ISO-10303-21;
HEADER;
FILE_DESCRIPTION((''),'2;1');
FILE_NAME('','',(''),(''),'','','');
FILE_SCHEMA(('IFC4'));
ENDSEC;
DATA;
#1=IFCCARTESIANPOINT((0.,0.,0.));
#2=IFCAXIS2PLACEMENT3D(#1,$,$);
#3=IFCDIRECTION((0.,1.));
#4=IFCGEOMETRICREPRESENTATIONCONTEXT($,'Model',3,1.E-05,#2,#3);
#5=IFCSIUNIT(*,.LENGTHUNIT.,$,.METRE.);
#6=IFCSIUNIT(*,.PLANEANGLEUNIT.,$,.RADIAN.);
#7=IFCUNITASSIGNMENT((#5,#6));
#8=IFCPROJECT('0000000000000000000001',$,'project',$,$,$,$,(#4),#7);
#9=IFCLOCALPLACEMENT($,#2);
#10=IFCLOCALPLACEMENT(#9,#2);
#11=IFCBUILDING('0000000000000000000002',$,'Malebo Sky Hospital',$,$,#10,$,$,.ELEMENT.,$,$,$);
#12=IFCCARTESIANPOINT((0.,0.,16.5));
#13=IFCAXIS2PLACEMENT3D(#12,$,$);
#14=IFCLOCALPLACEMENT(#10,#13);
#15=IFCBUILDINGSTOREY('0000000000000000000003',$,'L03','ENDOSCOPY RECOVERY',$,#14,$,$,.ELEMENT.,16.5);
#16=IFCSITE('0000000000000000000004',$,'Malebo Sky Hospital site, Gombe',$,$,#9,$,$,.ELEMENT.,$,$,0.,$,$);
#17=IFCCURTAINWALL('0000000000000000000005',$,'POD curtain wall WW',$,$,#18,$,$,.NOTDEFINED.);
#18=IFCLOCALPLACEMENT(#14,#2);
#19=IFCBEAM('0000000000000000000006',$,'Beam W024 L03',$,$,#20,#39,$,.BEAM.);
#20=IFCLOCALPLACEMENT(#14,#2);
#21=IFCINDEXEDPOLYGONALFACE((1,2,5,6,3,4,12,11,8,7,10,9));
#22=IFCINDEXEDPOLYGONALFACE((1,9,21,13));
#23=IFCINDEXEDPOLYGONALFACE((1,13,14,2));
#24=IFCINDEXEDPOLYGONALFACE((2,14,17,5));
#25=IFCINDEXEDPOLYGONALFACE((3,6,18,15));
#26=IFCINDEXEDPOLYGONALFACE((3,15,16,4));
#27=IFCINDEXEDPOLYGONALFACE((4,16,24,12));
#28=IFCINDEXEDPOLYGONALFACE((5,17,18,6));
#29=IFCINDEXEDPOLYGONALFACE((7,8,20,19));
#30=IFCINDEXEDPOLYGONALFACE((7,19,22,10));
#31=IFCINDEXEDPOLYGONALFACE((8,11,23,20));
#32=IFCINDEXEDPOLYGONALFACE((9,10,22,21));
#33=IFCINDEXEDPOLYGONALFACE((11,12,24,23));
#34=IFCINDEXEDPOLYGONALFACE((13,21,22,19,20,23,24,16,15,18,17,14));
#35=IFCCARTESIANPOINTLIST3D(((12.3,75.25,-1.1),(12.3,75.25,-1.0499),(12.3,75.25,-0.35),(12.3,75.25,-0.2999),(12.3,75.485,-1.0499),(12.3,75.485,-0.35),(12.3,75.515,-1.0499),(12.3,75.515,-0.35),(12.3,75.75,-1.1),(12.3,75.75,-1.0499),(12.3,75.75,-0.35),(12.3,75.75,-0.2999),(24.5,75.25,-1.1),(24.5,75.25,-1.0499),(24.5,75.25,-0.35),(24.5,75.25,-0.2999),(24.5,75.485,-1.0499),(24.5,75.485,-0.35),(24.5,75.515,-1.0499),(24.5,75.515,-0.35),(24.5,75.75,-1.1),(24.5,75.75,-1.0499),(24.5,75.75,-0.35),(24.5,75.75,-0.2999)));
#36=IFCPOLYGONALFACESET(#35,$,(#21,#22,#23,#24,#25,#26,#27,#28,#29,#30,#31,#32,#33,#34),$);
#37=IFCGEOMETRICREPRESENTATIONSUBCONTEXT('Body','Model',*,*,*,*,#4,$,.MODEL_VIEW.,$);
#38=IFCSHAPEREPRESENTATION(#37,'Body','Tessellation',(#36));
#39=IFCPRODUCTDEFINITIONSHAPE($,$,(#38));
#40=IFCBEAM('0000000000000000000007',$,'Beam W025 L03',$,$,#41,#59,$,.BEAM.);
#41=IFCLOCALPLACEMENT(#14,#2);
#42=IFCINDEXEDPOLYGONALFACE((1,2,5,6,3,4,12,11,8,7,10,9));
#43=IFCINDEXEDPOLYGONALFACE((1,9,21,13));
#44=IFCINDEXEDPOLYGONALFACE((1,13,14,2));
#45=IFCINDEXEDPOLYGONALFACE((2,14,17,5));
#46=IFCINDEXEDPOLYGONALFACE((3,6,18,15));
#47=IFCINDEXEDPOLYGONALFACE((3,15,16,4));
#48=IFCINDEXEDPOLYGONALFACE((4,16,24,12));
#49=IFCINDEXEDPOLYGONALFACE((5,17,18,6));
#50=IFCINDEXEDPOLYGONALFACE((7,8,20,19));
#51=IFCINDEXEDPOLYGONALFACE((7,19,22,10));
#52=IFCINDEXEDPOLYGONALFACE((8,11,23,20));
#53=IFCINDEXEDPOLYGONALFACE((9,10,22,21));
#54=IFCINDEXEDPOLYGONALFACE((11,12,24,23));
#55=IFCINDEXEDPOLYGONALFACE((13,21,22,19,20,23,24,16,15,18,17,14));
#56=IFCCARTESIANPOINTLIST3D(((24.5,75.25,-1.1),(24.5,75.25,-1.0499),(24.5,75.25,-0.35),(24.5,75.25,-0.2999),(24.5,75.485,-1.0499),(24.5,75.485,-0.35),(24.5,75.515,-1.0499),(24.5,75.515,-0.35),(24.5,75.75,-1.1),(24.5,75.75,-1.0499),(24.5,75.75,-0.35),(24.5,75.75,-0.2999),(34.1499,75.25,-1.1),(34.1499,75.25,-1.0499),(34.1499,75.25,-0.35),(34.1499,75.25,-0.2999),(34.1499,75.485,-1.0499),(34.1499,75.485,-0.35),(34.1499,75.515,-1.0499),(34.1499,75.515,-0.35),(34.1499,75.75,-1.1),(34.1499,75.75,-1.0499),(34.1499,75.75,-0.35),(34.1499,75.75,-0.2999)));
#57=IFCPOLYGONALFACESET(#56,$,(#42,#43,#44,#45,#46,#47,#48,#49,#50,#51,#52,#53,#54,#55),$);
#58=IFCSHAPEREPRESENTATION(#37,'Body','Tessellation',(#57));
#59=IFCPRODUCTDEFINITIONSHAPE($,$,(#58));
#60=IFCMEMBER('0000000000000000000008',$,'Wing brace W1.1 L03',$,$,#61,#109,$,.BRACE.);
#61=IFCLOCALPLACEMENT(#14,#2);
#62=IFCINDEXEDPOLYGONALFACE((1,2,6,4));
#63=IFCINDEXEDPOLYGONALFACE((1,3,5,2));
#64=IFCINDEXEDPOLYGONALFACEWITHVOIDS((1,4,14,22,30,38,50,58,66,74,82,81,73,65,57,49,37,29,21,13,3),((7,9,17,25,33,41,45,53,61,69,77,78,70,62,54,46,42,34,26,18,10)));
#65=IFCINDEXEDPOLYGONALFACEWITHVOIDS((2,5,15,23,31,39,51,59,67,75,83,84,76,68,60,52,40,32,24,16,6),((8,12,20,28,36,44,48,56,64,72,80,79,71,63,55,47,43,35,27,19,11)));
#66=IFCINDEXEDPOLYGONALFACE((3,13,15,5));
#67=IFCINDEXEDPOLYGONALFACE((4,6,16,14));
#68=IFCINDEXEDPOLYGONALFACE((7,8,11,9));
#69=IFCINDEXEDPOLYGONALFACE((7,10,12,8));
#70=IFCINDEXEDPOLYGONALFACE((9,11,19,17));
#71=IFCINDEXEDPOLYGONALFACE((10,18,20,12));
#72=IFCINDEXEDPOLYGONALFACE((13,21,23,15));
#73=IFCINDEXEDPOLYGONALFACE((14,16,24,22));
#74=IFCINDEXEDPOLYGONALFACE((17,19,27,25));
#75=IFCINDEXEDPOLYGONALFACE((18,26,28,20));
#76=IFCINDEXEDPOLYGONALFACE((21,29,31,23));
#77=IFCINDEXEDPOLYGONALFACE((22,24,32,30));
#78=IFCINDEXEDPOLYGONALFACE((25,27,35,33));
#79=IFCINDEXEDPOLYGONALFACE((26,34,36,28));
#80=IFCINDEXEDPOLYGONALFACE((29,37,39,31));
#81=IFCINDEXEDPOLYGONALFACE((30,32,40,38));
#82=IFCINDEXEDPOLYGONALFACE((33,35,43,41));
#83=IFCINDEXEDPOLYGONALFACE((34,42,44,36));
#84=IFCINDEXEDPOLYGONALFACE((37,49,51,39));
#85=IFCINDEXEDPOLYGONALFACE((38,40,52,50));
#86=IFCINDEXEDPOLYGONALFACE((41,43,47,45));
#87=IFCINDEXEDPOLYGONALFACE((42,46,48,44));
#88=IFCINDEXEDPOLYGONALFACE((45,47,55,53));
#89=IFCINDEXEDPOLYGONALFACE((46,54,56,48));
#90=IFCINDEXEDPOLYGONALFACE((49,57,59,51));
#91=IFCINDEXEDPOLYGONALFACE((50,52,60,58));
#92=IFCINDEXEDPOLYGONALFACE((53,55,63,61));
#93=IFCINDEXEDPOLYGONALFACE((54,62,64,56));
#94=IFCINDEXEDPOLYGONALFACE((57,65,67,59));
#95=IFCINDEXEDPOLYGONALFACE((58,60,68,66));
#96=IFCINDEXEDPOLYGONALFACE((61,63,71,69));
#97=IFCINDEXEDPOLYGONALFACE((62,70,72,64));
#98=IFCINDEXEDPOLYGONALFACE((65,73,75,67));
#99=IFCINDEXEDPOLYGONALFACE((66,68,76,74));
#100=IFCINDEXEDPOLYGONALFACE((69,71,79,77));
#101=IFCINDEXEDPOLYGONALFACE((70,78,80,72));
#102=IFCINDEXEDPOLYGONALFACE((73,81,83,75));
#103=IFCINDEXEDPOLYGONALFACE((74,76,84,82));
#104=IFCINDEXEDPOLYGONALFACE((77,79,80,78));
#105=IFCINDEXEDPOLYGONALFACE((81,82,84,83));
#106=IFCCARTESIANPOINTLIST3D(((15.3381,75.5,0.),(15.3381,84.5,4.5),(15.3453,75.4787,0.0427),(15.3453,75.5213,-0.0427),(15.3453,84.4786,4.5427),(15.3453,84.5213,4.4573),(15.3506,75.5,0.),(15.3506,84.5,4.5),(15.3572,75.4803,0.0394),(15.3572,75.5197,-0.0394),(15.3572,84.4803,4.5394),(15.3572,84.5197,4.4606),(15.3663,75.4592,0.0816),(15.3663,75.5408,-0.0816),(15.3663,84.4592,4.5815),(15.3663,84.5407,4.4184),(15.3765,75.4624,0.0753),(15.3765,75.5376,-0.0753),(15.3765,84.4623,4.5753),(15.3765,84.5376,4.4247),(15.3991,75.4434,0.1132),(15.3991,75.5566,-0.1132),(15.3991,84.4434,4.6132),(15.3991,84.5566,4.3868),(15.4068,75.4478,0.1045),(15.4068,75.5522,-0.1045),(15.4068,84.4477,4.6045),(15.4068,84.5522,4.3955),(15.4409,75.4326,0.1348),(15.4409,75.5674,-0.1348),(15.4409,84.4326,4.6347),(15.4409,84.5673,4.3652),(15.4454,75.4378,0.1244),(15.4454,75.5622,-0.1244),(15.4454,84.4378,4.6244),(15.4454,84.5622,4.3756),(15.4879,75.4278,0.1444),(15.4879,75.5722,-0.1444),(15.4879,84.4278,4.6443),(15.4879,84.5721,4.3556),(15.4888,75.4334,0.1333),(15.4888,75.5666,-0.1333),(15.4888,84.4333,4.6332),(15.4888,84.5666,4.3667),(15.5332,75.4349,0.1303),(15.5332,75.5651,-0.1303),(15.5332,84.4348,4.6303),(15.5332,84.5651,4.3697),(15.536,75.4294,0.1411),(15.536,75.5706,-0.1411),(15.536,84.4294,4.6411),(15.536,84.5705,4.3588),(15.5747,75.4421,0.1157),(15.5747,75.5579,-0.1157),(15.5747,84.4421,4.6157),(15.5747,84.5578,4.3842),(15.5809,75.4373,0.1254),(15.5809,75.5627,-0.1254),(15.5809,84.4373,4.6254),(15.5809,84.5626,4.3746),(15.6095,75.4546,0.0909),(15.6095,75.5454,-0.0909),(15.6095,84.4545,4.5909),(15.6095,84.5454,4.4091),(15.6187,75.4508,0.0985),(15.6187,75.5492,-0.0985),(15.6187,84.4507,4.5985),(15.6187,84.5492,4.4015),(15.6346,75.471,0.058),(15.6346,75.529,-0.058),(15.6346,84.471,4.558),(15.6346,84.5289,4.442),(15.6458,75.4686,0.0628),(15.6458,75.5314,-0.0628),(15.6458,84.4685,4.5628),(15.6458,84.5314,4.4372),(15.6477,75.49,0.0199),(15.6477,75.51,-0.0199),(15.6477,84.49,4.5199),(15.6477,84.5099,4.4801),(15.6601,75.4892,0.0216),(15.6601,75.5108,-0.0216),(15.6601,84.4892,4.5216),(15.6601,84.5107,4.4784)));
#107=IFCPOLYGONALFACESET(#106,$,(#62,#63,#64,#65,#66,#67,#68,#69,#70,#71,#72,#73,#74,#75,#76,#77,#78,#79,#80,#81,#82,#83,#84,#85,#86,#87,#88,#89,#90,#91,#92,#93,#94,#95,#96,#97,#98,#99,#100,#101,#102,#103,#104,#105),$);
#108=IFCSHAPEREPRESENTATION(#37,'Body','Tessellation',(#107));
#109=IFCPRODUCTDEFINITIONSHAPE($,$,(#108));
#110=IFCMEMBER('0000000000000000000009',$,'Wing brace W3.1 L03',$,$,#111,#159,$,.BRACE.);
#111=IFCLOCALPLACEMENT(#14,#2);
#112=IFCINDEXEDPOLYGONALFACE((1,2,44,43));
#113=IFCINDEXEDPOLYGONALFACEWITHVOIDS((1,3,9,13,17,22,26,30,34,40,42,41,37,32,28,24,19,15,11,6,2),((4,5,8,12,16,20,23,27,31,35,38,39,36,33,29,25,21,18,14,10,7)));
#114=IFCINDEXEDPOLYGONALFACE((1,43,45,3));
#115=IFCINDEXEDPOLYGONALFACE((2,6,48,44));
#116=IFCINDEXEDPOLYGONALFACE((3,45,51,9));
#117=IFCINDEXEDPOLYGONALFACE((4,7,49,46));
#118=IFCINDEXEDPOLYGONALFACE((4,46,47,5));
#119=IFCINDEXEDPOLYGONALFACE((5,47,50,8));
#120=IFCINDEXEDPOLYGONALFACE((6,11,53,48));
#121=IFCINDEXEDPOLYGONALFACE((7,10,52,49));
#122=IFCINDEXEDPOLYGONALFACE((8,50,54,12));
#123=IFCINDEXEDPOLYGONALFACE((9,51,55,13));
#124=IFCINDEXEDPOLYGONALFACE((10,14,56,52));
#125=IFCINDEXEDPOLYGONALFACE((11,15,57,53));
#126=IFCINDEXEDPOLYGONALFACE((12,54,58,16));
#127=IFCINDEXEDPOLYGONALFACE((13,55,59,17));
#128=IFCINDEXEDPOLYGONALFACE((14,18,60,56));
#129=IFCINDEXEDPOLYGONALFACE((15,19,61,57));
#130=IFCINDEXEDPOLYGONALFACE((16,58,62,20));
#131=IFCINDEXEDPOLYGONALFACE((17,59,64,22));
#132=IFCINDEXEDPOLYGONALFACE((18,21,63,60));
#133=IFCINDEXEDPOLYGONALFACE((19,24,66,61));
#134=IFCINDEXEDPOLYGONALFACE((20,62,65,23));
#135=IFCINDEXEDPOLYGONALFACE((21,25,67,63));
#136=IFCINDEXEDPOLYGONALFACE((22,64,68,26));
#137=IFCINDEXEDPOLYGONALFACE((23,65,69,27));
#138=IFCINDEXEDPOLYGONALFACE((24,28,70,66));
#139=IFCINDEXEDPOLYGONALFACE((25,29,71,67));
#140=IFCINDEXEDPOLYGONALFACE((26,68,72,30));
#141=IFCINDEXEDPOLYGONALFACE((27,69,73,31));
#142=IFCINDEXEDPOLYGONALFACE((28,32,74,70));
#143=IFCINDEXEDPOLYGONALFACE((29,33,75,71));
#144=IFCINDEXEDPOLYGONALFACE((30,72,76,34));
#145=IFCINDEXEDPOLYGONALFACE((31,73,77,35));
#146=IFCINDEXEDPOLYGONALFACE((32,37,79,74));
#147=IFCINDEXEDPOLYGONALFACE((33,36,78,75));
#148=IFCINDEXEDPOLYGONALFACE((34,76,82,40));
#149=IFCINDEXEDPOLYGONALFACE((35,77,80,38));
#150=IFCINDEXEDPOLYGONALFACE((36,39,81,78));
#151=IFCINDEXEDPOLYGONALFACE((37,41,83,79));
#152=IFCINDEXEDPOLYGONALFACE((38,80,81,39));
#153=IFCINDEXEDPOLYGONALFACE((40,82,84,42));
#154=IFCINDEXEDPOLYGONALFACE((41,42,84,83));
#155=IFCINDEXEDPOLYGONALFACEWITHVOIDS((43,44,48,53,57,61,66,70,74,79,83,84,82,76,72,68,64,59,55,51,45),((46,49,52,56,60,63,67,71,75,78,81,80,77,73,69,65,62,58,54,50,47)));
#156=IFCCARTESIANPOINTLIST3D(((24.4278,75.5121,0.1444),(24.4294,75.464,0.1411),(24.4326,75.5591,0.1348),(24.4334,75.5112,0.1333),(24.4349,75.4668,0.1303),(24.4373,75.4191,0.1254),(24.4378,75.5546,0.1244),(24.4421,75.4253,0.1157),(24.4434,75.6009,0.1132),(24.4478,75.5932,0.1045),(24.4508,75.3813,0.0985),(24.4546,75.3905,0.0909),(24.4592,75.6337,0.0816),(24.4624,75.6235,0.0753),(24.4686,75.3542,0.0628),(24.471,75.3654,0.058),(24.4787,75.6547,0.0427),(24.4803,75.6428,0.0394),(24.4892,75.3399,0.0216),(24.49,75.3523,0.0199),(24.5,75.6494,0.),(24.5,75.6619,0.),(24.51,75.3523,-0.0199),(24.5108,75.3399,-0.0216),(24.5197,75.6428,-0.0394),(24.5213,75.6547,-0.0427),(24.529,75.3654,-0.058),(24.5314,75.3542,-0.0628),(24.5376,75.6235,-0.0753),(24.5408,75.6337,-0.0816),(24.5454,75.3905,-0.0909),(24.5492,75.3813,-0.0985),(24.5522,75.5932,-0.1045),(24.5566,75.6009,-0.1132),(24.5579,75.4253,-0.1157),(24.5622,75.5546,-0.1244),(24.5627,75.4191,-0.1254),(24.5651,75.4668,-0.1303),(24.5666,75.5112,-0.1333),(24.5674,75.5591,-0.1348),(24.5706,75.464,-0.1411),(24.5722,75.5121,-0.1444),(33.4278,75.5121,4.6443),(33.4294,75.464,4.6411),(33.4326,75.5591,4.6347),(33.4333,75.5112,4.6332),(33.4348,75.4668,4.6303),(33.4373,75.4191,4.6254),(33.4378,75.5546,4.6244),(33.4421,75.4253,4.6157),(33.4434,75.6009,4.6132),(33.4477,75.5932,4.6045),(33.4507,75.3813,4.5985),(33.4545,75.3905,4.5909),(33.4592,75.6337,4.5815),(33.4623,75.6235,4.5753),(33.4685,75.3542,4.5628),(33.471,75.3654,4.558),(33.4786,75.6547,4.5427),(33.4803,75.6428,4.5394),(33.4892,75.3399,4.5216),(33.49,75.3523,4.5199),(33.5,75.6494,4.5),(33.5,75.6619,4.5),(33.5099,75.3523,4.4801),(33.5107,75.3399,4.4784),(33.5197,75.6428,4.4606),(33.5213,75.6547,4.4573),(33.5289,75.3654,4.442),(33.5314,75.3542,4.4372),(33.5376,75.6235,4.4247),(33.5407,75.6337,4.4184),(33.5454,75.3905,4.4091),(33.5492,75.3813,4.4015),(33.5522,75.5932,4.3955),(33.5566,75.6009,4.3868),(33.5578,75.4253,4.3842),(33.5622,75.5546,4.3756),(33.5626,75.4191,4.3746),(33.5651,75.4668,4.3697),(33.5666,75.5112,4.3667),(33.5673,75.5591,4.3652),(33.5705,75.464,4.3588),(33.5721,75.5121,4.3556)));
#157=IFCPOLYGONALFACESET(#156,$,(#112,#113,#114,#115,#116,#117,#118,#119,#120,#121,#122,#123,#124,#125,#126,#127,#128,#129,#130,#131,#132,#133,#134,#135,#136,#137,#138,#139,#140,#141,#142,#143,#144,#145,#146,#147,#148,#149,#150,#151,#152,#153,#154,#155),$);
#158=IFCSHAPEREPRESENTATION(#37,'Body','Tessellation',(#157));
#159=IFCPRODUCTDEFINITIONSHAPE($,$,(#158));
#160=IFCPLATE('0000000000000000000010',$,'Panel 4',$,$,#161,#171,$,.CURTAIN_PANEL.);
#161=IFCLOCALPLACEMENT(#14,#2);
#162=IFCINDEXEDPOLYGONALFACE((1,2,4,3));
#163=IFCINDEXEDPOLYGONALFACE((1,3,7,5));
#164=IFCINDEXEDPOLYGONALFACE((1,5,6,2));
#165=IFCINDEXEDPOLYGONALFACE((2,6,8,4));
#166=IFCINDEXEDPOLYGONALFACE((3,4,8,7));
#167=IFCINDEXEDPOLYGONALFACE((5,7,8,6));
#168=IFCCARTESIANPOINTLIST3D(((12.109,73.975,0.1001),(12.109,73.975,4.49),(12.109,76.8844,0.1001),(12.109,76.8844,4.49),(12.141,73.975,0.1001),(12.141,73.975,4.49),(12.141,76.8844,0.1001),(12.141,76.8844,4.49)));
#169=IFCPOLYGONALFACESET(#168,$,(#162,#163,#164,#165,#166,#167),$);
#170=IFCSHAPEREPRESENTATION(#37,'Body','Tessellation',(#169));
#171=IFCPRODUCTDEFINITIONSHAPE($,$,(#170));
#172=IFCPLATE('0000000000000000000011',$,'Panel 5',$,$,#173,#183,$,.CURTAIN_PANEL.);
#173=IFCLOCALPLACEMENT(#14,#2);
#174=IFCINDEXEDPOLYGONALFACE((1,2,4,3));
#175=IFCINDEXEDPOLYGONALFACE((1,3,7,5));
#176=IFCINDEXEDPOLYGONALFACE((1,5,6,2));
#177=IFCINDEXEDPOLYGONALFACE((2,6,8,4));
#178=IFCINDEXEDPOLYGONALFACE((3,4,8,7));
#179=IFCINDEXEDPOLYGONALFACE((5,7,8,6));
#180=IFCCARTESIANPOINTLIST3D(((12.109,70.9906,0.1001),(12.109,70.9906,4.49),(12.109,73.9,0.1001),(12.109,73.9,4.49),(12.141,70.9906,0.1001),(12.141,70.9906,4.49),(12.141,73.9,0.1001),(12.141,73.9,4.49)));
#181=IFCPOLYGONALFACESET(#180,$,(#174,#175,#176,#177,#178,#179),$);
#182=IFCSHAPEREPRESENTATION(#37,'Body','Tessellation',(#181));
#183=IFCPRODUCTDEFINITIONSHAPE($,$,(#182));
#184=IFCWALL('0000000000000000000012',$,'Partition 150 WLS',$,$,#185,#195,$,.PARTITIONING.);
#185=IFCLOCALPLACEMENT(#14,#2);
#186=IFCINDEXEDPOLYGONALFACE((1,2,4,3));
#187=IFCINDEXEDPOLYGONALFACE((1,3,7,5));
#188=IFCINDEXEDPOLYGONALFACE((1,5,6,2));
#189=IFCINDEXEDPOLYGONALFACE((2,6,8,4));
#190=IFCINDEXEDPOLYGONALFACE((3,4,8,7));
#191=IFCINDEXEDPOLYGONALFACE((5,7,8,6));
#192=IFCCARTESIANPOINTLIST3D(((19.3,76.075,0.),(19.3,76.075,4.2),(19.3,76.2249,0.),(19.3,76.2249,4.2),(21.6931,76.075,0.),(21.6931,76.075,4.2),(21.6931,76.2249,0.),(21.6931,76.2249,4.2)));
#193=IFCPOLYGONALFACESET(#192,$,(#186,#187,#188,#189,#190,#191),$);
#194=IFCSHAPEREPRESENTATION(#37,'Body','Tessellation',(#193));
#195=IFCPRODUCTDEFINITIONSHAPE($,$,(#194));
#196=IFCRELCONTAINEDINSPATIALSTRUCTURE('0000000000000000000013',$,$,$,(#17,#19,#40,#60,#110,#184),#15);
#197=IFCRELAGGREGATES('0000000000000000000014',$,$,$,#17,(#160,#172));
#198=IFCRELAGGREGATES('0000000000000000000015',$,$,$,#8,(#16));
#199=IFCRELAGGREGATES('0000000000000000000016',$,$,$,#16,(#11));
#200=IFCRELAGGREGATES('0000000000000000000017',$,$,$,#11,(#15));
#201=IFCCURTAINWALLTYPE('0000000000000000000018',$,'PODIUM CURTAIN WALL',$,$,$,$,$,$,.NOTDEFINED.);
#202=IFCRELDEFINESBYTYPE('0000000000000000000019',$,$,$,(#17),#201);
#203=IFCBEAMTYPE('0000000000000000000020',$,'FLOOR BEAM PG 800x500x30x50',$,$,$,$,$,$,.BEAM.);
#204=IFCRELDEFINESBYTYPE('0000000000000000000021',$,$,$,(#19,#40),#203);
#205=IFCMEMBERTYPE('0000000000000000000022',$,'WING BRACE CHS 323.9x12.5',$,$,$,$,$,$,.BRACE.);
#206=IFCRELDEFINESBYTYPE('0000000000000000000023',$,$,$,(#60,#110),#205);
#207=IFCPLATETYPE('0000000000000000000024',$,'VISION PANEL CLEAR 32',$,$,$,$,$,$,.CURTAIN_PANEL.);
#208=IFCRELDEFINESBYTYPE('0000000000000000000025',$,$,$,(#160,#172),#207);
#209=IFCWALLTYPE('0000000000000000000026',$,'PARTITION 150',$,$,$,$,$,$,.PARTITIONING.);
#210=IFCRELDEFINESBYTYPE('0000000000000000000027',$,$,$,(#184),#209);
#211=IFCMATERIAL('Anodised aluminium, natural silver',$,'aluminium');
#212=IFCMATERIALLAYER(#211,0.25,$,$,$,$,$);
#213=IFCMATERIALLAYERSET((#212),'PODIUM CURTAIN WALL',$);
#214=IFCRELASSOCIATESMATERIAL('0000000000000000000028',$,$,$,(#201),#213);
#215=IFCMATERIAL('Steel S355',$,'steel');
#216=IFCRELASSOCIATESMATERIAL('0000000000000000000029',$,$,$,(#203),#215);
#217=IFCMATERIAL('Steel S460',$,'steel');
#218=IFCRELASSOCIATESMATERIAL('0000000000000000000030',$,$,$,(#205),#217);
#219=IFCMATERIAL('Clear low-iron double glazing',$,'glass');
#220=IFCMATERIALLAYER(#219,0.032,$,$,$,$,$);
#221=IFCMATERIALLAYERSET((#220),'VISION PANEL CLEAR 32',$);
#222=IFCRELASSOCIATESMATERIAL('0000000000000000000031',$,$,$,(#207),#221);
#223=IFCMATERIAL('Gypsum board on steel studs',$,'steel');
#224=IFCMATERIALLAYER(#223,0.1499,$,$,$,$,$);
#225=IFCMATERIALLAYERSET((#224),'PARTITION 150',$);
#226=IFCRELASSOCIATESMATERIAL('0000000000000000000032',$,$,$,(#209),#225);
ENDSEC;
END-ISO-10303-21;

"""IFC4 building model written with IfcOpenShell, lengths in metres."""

from ifc_helpers import new_model, si_unit, direction, frame, frame_2d, origin, origin_2d, place, context, subcontext, project, spatial, rectangle, hollow_circle, i_section, extrude, material, layer, layer_set, material_profile, profile_set, type_object, element, aggregate, save


model = new_model("IFC4")

# Units and contexts
model_context = context("Model", 3, precision=1e-05, world=origin(), true_north=direction((0.0, 1.0)))
body_context = subcontext(model_context, "Body", "Model", "MODEL_VIEW")
ifc_project = project(units=[si_unit("LENGTHUNIT", "METRE"), si_unit("PLANEANGLEUNIT", "RADIAN")], contexts=[model_context])

# Site, building, storey
site_placement = place(None, origin())
site = spatial("IfcSite", under=ifc_project, at=site_placement, Name="Malebo Sky Hospital site, Gombe", CompositionType="ELEMENT", RefElevation=0.0)
building_placement = place(site_placement, origin())
building = spatial("IfcBuilding", under=site, at=building_placement, Name="Malebo Sky Hospital", CompositionType="ELEMENT")
storey_placement = place(building_placement, frame((0.0, 0.0, 16.5)))
storey = spatial("IfcBuildingStorey", under=building, at=storey_placement, Name="L03", Description="ENDOSCOPY RECOVERY", CompositionType="ELEMENT", Elevation=16.5)

# Shared definitions
ifc_material_1 = material(Name="Steel S355", Category="steel")

# Curtain wall
ifc_material_2 = material(Name="Anodised aluminium, natural silver", Category="aluminium")
ifc_layer_1 = layer(ifc_material_2, 0.25)
ifc_layer_set_1 = layer_set([ifc_layer_1], Name="PODIUM CURTAIN WALL")
curtain_wall_type = type_object("IfcCurtainWallType", Name="PODIUM CURTAIN WALL", PredefinedType="NOTDEFINED", material=ifc_layer_set_1)
curtain_wall_placement = place(storey_placement, origin())
curtain_wall = element("IfcCurtainWall", 1, at=curtain_wall_placement, inside=storey, type_object=curtain_wall_type, Name="POD curtain wall WW", PredefinedType="NOTDEFINED")

# Beams
ifc_material_profile_1 = material_profile(ifc_material_1, i_section(OverallWidth=0.5, OverallDepth=0.8, WebThickness=0.03, FlangeThickness=0.05, at=origin_2d()), Name="PG 800x500x30x50")
ifc_profile_set_1 = profile_set([ifc_material_profile_1], Name="Steel S355")
beam_type = type_object("IfcBeamType", Name="FLOOR BEAM PG 800x500x30x50", PredefinedType="BEAM", material=ifc_profile_set_1)
beam_1_placement = place(storey_placement, frame((12.3, 75.5, -0.7), z_axis=(1.0, 0.0, 0.0), x_axis=(0.0, 1.0, 0.0)))
element("IfcBeam", 2, at=beam_1_placement, inside=storey, type_object=beam_type, Name="Beam W024 L03", PredefinedType="BEAM", context=body_context, shape_type="SweptSolid", body=[
    extrude(i_section(OverallWidth=0.5, OverallDepth=0.8, WebThickness=0.03, FlangeThickness=0.05, at=origin_2d()), origin(), (0.0, 0.0, 1.0), 12.2),
])
beam_2_placement = place(storey_placement, frame((24.5, 75.5, -0.7), z_axis=(1.0, 0.0, 0.0), x_axis=(0.0, 1.0, 0.0)))
element("IfcBeam", 3, at=beam_2_placement, inside=storey, type_object=beam_type, Name="Beam W025 L03", PredefinedType="BEAM", context=body_context, shape_type="SweptSolid", body=[
    extrude(i_section(OverallWidth=0.5, OverallDepth=0.8, WebThickness=0.03, FlangeThickness=0.05, at=origin_2d()), origin(), (0.0, 0.0, 1.0), 9.6499),
])

# Members
ifc_material_3 = material(Name="Steel S460", Category="steel")
ifc_material_profile_2 = material_profile(ifc_material_3, hollow_circle(Radius=0.1619, WallThickness=0.0125, at=origin_2d()), Name="CHS 323.9x12.5")
ifc_profile_set_2 = profile_set([ifc_material_profile_2], Name="Steel S460")
member_type_1 = type_object("IfcMemberType", Name="WING BRACE CHS 323.9x12.5", PredefinedType="BRACE", material=ifc_profile_set_2)
for number, where, z_axis, x_axis, name in (
    (4, (15.5, 75.5, 0.0), (0.0, 0.894427, 0.447214), (-1.0, 0.0, 0.0), "Wing brace W1.1 L03"),
    (5, (24.5, 75.5, 0.0), (0.894427, 0.0, 0.447214), (0.0, 1.0, 0.0), "Wing brace W3.1 L03"),
):
    element("IfcMember", number, at=place(storey_placement, frame(where, z_axis=z_axis, x_axis=x_axis)), inside=storey, type_object=member_type_1, Name=name, PredefinedType="BRACE", context=body_context, shape_type="SweptSolid", body=[
        extrude(hollow_circle(Radius=0.1619, WallThickness=0.0125, at=origin_2d()), origin(), (0.0, 0.0, 1.0), 10.0623),
    ])

# Plates
ifc_material_4 = material(Name="Clear low-iron double glazing", Category="glass")
ifc_layer_2 = layer(ifc_material_4, 0.032)
ifc_layer_set_2 = layer_set([ifc_layer_2], Name="VISION PANEL CLEAR 32")
plate_type = type_object("IfcPlateType", Name="VISION PANEL CLEAR 32", PredefinedType="CURTAIN_PANEL", material=ifc_layer_set_2)
plate_1_placement = place(storey_placement, frame((12.125, 75.4297, 0.1001), z_axis=(0.0, 0.0, 1.0), x_axis=(0.0, -1.0, 0.0)))
plate_1 = element("IfcPlate", 6, at=plate_1_placement, type_object=plate_type, Name="Panel 4", PredefinedType="CURTAIN_PANEL", context=body_context, shape_type="SweptSolid", body=[
    extrude(rectangle(XDim=2.9094, YDim=0.032, at=origin_2d()), origin(), (0.0, 0.0, 1.0), 4.3899),
])
plate_2_placement = place(storey_placement, frame((12.125, 72.4453, 0.1001), z_axis=(0.0, 0.0, 1.0), x_axis=(0.0, -1.0, 0.0)))
plate_2 = element("IfcPlate", 7, at=plate_2_placement, type_object=plate_type, Name="Panel 5", PredefinedType="CURTAIN_PANEL", context=body_context, shape_type="SweptSolid", body=[
    extrude(rectangle(XDim=2.9094, YDim=0.032, at=origin_2d()), origin(), (0.0, 0.0, 1.0), 4.3899),
])
aggregate(curtain_wall, [plate_1, plate_2])

# Wall
ifc_material_5 = material(Name="Gypsum board on steel studs", Category="steel")
ifc_layer_3 = layer(ifc_material_5, 0.1499)
ifc_layer_set_3 = layer_set([ifc_layer_3], Name="PARTITION 150")
wall_type_1 = type_object("IfcWallType", Name="PARTITION 150", PredefinedType="PARTITIONING", material=ifc_layer_set_3)
wall_1_placement = place(storey_placement, frame((19.3, 76.1499, 0.0), z_axis=(0.0, 0.0, 1.0), x_axis=(1.0, 0.0, 0.0)))
element("IfcWall", 8, at=wall_1_placement, inside=storey, type_object=wall_type_1, Name="Partition 150 WLS", PredefinedType="PARTITIONING", context=body_context, shape_type="SweptSolid", body=[
    extrude(rectangle(XDim=2.3931, YDim=0.1499, at=frame_2d((1.1965, 0.0))), origin(), (0.0, 0.0, 1.0), 4.2),
])

save(model, "model.ifc")
